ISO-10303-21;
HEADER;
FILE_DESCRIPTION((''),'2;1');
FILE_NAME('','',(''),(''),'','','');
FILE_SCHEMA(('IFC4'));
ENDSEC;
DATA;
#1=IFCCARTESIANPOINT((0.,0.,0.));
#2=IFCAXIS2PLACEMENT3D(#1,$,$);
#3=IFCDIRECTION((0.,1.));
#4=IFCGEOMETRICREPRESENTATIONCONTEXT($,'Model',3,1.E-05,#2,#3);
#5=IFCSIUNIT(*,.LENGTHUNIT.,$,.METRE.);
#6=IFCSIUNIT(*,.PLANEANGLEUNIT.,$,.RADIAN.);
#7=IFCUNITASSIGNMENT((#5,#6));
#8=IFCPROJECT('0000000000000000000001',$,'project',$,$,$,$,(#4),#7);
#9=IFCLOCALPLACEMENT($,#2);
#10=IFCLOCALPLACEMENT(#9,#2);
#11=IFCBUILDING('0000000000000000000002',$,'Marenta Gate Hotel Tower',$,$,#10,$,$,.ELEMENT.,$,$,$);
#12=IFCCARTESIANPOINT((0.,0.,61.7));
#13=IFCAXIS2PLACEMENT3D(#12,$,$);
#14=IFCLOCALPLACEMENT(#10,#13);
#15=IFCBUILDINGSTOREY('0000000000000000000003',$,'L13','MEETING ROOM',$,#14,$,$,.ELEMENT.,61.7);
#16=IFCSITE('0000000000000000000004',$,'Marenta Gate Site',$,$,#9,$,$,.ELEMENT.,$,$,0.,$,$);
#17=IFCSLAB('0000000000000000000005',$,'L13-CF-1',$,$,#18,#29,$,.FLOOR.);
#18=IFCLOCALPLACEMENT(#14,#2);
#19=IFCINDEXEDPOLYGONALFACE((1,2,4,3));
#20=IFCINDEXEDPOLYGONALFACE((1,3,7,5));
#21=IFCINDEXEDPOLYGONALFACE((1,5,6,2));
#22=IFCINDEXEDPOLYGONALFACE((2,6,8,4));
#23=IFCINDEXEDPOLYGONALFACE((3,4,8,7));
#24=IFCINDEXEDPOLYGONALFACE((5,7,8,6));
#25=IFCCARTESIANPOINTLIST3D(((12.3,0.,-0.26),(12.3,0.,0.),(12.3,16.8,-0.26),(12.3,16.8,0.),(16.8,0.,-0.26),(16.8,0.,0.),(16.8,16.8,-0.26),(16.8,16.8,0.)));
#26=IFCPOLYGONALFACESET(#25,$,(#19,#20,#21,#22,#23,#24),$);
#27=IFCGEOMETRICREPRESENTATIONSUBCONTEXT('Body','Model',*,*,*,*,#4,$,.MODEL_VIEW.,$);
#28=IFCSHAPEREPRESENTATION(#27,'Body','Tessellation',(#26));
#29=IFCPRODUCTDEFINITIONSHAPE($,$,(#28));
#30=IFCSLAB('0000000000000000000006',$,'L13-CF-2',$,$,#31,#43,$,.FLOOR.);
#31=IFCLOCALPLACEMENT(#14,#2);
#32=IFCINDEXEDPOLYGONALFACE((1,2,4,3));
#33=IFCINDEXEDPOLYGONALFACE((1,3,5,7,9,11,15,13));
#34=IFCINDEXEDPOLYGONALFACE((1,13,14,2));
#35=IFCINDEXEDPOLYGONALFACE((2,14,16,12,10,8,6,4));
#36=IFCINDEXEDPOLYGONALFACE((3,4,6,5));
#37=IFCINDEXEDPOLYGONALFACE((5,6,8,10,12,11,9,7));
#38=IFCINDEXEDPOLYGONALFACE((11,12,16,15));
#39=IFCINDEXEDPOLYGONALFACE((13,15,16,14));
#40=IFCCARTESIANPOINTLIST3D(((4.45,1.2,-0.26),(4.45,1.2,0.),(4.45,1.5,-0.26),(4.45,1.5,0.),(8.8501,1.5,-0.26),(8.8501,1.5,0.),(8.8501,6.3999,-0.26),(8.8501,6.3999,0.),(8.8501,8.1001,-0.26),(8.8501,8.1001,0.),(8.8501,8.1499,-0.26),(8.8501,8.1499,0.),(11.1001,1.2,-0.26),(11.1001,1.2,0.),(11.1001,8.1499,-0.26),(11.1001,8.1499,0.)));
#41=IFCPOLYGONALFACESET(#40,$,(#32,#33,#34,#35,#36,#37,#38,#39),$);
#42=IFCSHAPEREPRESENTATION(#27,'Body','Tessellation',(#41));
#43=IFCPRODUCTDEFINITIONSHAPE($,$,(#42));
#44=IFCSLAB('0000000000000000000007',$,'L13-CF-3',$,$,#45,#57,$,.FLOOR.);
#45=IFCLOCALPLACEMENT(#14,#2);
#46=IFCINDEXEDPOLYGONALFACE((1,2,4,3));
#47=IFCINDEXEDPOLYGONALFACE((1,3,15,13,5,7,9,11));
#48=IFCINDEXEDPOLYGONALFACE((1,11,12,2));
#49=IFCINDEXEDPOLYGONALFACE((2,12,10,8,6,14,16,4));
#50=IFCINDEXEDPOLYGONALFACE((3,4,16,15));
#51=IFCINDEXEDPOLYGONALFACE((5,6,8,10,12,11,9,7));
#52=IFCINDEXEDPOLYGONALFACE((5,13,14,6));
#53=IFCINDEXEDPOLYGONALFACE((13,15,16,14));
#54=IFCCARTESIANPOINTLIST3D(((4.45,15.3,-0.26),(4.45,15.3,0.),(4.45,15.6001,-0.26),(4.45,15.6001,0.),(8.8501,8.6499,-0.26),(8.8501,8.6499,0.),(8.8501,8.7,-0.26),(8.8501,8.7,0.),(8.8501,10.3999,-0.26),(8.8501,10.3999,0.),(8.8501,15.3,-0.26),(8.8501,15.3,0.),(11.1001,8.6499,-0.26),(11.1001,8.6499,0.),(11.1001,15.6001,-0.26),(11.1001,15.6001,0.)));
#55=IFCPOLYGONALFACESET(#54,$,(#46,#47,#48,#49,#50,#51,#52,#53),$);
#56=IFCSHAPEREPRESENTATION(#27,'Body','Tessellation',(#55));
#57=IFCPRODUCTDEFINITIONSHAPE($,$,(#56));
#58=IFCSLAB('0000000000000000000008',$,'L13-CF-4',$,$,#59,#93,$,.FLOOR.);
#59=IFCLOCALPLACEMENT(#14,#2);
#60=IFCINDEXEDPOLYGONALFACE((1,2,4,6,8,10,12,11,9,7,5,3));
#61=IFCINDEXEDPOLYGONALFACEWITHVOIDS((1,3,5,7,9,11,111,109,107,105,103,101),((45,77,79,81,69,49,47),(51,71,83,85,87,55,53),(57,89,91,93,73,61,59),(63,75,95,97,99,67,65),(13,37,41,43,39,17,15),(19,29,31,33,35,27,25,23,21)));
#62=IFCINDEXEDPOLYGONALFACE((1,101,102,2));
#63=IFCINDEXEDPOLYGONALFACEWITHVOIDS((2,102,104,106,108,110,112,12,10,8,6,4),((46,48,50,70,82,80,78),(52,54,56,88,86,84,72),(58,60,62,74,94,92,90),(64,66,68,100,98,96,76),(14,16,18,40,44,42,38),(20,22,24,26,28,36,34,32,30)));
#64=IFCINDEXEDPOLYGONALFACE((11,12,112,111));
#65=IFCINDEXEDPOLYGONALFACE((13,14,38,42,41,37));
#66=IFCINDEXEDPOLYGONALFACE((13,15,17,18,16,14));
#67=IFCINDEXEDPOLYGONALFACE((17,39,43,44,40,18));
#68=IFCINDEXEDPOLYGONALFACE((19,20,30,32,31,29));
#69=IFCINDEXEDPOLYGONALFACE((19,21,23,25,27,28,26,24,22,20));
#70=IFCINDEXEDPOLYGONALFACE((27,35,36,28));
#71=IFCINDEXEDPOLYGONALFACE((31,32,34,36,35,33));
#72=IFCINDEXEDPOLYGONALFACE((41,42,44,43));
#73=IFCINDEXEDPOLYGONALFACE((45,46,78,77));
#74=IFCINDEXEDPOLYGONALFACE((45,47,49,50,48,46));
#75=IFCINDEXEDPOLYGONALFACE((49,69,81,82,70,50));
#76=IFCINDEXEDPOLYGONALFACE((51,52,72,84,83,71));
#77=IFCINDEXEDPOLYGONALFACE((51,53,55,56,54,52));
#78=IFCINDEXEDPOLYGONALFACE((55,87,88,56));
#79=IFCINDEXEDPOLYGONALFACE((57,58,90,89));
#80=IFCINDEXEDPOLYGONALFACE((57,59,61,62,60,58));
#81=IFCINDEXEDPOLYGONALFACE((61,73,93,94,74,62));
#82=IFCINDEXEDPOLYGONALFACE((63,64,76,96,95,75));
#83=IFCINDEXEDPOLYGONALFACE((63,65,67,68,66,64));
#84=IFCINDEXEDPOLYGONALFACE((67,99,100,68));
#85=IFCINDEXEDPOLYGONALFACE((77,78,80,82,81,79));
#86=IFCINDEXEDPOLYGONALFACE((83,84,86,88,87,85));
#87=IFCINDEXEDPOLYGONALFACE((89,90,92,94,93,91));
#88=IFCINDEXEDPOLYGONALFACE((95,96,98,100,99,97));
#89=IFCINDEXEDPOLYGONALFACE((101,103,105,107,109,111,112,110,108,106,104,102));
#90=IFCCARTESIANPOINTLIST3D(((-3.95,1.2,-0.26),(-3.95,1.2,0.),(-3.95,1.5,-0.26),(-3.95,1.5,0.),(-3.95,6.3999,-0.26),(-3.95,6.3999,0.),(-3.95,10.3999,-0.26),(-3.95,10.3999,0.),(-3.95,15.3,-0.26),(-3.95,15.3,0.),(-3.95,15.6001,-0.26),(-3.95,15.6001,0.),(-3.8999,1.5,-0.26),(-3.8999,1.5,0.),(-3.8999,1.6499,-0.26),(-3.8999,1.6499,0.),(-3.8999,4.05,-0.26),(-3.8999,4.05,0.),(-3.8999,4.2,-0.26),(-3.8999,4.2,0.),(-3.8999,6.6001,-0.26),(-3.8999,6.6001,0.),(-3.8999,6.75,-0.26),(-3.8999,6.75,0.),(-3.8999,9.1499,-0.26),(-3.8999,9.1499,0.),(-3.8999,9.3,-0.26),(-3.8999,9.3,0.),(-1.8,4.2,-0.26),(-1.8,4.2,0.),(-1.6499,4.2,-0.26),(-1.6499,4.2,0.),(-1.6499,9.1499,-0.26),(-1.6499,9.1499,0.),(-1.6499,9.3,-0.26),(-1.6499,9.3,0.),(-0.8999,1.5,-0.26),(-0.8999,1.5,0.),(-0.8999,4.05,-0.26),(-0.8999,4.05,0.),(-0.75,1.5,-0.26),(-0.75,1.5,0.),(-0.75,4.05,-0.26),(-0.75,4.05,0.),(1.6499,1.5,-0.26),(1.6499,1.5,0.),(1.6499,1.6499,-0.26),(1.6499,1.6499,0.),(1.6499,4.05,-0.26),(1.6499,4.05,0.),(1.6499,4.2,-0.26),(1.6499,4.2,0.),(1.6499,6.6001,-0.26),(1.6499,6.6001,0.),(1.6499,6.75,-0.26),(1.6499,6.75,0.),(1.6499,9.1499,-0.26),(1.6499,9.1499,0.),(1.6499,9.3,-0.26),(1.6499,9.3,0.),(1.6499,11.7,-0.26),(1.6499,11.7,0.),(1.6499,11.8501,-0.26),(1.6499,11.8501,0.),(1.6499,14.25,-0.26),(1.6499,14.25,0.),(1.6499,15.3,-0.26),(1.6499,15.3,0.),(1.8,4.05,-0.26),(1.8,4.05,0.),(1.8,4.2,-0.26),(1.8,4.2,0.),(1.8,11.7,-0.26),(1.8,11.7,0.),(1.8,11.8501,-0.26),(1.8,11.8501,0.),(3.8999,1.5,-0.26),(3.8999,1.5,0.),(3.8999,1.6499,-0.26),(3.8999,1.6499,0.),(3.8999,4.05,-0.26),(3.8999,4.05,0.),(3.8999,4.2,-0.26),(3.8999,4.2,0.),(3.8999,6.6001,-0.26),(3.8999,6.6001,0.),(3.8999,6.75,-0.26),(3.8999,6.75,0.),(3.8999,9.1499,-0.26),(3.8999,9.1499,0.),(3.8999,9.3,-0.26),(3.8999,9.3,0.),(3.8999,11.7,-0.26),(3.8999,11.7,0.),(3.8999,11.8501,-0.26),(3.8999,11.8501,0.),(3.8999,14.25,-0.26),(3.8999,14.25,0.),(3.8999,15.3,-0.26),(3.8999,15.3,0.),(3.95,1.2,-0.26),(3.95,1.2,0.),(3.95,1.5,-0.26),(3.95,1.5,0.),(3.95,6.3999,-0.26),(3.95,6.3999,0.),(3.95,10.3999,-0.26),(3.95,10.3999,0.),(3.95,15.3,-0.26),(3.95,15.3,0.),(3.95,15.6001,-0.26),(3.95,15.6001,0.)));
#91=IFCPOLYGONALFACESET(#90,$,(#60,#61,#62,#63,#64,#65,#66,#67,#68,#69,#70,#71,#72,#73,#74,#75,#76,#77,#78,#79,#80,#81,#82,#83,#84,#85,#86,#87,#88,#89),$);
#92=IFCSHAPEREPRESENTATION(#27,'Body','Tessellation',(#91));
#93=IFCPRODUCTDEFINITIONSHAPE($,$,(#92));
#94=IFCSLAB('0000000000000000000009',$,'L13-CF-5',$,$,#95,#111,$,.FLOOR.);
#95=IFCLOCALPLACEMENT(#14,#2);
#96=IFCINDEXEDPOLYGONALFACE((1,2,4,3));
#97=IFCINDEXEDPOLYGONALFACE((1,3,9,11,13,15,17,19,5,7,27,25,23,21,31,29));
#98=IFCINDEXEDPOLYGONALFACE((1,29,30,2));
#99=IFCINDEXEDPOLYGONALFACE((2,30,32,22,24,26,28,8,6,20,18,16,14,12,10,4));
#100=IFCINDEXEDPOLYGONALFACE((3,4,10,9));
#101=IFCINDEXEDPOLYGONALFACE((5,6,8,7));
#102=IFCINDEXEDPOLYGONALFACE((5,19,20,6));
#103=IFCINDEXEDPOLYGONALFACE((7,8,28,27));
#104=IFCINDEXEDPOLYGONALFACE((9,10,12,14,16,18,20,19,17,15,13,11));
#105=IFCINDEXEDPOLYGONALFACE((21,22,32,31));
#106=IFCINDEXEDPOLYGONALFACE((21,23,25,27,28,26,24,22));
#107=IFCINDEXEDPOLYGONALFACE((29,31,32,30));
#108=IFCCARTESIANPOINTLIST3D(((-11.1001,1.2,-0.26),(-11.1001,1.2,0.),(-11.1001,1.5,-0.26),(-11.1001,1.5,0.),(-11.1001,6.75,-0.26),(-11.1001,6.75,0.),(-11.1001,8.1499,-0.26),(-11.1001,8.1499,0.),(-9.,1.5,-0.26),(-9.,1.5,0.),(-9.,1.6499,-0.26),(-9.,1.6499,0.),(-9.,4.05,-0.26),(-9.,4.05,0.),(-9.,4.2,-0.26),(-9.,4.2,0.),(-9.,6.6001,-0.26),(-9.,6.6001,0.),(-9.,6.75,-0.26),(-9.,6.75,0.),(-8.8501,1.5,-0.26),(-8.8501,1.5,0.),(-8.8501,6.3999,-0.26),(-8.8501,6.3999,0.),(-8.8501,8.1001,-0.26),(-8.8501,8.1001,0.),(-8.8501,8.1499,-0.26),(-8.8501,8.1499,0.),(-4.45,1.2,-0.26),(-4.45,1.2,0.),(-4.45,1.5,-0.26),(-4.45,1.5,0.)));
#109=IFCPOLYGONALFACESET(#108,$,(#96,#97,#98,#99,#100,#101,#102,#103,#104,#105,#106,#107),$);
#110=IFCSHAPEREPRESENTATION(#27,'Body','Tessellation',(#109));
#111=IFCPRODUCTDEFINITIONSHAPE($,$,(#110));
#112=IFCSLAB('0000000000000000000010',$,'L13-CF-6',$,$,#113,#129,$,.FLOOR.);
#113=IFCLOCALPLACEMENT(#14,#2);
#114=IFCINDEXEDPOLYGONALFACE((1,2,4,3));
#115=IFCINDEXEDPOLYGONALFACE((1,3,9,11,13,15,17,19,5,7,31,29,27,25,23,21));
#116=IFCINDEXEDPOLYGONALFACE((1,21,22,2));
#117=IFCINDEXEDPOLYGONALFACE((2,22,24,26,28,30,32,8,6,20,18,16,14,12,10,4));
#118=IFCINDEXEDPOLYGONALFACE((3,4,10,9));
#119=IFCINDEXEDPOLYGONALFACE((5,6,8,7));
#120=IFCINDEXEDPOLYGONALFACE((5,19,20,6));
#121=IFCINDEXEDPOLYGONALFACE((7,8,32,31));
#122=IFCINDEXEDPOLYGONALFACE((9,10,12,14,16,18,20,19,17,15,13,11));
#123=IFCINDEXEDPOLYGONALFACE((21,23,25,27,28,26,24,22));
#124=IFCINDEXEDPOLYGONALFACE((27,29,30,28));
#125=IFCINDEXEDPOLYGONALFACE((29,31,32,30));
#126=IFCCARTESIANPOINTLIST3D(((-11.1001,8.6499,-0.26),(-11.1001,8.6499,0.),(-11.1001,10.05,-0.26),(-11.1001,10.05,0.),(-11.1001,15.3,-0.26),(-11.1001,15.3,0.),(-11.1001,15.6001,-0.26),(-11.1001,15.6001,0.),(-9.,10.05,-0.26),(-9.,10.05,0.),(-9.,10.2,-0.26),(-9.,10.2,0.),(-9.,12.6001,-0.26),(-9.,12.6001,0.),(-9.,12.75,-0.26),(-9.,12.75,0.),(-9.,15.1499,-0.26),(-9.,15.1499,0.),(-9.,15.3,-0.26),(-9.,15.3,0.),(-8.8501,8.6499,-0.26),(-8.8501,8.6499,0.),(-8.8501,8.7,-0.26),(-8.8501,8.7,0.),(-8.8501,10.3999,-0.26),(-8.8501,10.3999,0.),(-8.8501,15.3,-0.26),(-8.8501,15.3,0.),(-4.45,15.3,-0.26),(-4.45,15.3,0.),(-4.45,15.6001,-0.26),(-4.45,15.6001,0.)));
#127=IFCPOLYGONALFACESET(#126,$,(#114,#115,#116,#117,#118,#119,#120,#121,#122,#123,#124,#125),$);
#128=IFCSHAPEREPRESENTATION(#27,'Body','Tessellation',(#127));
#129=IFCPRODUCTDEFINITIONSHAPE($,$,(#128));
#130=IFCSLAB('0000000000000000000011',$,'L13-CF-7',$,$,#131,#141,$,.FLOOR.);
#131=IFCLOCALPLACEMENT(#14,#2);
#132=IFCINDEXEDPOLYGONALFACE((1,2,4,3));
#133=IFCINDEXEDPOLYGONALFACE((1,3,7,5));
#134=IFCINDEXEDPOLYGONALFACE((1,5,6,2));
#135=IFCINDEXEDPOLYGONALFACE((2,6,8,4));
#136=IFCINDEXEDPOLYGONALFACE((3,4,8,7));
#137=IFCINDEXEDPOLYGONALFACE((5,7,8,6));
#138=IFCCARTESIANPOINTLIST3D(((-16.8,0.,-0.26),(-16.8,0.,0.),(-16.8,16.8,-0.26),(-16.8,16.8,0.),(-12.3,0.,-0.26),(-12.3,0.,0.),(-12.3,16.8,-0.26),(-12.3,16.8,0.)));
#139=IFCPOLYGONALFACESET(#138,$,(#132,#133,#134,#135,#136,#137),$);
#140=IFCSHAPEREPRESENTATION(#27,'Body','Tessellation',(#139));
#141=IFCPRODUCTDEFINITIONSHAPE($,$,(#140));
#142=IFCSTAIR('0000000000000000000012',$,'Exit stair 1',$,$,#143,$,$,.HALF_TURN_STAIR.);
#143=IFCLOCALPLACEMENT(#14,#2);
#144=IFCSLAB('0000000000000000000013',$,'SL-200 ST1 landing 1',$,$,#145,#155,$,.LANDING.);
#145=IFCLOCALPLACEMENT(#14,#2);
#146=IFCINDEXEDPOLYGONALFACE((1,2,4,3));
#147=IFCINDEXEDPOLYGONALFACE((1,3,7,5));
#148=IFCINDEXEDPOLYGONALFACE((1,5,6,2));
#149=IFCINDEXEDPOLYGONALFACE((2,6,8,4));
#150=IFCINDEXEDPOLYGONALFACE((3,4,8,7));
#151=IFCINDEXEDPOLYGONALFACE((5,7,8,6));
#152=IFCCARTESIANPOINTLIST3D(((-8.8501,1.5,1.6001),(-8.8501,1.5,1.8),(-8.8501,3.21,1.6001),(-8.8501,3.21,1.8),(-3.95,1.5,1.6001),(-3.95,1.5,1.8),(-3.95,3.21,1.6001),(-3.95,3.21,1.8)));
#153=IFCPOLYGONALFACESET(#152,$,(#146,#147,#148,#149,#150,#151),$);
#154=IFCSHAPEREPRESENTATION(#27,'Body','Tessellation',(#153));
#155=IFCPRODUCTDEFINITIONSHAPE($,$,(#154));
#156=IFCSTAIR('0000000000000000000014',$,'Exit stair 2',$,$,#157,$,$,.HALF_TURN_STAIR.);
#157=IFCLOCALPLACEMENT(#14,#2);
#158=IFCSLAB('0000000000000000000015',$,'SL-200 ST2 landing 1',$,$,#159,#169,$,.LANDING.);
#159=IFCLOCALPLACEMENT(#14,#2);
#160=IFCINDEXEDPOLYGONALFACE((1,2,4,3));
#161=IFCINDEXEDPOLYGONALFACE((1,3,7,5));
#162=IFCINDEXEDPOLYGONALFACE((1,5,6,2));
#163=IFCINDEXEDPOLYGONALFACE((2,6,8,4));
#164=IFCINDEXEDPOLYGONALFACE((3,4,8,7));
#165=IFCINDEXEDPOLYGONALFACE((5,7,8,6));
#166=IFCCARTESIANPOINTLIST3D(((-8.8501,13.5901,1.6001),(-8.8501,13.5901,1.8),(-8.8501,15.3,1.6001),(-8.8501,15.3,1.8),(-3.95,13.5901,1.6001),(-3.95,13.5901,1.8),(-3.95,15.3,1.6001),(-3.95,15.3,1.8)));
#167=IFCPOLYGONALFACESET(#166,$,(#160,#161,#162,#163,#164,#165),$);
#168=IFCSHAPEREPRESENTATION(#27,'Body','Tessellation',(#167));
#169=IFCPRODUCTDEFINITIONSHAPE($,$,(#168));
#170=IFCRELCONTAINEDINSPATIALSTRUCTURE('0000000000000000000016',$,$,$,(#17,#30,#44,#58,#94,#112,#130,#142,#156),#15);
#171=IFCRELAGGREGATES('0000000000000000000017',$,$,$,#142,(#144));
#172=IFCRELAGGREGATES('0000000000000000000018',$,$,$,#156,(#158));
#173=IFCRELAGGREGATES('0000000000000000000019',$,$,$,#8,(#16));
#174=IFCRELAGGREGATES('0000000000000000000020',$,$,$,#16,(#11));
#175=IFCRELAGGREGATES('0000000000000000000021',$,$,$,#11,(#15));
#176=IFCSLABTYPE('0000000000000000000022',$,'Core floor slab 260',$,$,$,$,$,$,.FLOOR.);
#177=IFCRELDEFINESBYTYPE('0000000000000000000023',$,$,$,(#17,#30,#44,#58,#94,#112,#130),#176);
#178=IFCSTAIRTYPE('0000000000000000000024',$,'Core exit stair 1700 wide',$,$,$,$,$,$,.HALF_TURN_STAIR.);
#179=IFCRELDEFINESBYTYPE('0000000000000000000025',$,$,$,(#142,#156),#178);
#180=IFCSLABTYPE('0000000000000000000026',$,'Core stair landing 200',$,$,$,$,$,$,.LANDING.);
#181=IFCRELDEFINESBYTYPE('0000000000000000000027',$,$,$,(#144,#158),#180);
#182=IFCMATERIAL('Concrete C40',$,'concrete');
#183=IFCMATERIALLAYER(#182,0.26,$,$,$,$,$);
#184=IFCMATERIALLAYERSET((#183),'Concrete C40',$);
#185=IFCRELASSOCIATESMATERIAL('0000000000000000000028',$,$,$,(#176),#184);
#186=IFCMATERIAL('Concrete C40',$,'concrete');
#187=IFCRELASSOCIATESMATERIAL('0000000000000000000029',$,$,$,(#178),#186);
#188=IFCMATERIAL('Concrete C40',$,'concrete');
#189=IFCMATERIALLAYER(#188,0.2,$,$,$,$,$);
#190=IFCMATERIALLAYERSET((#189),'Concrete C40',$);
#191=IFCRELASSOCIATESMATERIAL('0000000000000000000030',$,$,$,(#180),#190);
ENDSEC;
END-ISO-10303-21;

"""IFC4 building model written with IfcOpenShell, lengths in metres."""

from ifc_helpers import new_model, si_unit, direction, frame, origin, place, context, subcontext, project, spatial, polyline, outline, extrude, material, layer, layer_set, type_object, element, aggregate, save


model = new_model("IFC4")

# Units and contexts
model_context = context("Model", 3, precision=1e-05, world=origin(), true_north=direction((0.0, 1.0)))
body_context = subcontext(model_context, "Body", "Model", "MODEL_VIEW")
ifc_project = project(units=[si_unit("LENGTHUNIT", "METRE"), si_unit("PLANEANGLEUNIT", "RADIAN")], contexts=[model_context])

# Site, building, storey
site_placement = place(None, origin())
site = spatial("IfcSite", under=ifc_project, at=site_placement, Name="Marenta Gate Site", CompositionType="ELEMENT", RefElevation=0.0)
building_placement = place(site_placement, origin())
building = spatial("IfcBuilding", under=site, at=building_placement, Name="Marenta Gate Hotel Tower", CompositionType="ELEMENT")
storey_placement = place(building_placement, frame((0.0, 0.0, 61.7)))
storey = spatial("IfcBuildingStorey", under=building, at=storey_placement, Name="L13", Description="MEETING ROOM", CompositionType="ELEMENT", Elevation=61.7)

# Slabs
ifc_material_1 = material(Name="Concrete C40", Category="concrete")
ifc_layer_1 = layer(ifc_material_1, 0.26)
ifc_layer_set_1 = layer_set([ifc_layer_1], Name="Concrete C40")
slab_type_1 = type_object("IfcSlabType", Name="Core floor slab 260", PredefinedType="FLOOR", material=ifc_layer_set_1)
slab_1_placement = place(storey_placement, frame((0.0, 0.0, -0.26)))
element("IfcSlab", 1, at=slab_1_placement, inside=storey, type_object=slab_type_1, Name="L13-CF-1", PredefinedType="FLOOR", context=body_context, shape_type="SweptSolid", body=[
    extrude(outline(polyline([(12.3, 0.0), (12.3, 16.8), (16.8, 16.8), (16.8, 0.0), (12.3, 0.0)])), origin(), (0.0, 0.0, 1.0), 0.26),
])
slab_2_placement = place(storey_placement, frame((0.0, 0.0, -0.26)))
element("IfcSlab", 2, at=slab_2_placement, inside=storey, type_object=slab_type_1, Name="L13-CF-2", PredefinedType="FLOOR", context=body_context, shape_type="SweptSolid", body=[
    extrude(outline(polyline([(8.8501, 1.5), (8.8501, 6.3999), (8.8501, 8.1001), (8.8501, 8.1499), (11.1001, 8.1499), (11.1001, 1.2), (4.45, 1.2), (4.45, 1.5), (8.8501, 1.5)])), origin(), (0.0, 0.0, 1.0), 0.26),
])
slab_3_placement = place(storey_placement, frame((0.0, 0.0, -0.26)))
element("IfcSlab", 3, at=slab_3_placement, inside=storey, type_object=slab_type_1, Name="L13-CF-3", PredefinedType="FLOOR", context=body_context, shape_type="SweptSolid", body=[
    extrude(outline(polyline([(8.8501, 15.3), (4.45, 15.3), (4.45, 15.6001), (11.1001, 15.6001), (11.1001, 8.6499), (8.8501, 8.6499), (8.8501, 8.7), (8.8501, 10.3999), (8.8501, 15.3)])), origin(), (0.0, 0.0, 1.0), 0.26),
])
slab_4_placement = place(storey_placement, frame((0.0, 0.0, -0.26)))
element("IfcSlab", 4, at=slab_4_placement, inside=storey, type_object=slab_type_1, Name="L13-CF-4", PredefinedType="FLOOR", context=body_context, shape_type="SweptSolid", body=[
    extrude(outline(polyline([(3.95, 15.3), (3.95, 10.3999), (3.95, 6.3999), (3.95, 1.5), (3.95, 1.2), (-3.95, 1.2), (-3.95, 1.5), (-3.95, 6.3999), (-3.95, 10.3999), (-3.95, 15.3), (-3.95, 15.6001), (3.95, 15.6001), (3.95, 15.3)]), holes=[polyline([(1.6499, 4.05), (1.6499, 1.6499), (1.6499, 1.5), (3.8999, 1.5), (3.8999, 1.6499), (3.8999, 4.05), (1.8, 4.05), (1.6499, 4.05)]), polyline([(1.6499, 9.1499), (3.8999, 9.1499), (3.8999, 9.3), (3.8999, 11.7), (1.8, 11.7), (1.6499, 11.7), (1.6499, 9.3), (1.6499, 9.1499)]), polyline([(1.6499, 11.8501), (1.8, 11.8501), (3.8999, 11.8501), (3.8999, 14.25), (3.8999, 15.3), (1.6499, 15.3), (1.6499, 14.25), (1.6499, 11.8501)]), polyline([(3.8999, 6.6001), (3.8999, 6.75), (1.6499, 6.75), (1.6499, 6.6001), (1.6499, 4.2), (1.8, 4.2), (3.8999, 4.2), (3.8999, 6.6001)]), polyline([(-3.8999, 1.5), (-0.8999, 1.5), (-0.75, 1.5), (-0.75, 4.05), (-0.8999, 4.05), (-3.8999, 4.05), (-3.8999, 1.6499), (-3.8999, 1.5)]), polyline([(-1.6499, 4.2), (-1.6499, 9.1499), (-1.6499, 9.3), (-3.8999, 9.3), (-3.8999, 9.1499), (-3.8999, 6.75), (-3.8999, 6.6001), (-3.8999, 4.2), (-1.8, 4.2), (-1.6499, 4.2)])]), origin(), (0.0, 0.0, 1.0), 0.26),
])
slab_5_placement = place(storey_placement, frame((0.0, 0.0, -0.26)))
element("IfcSlab", 5, at=slab_5_placement, inside=storey, type_object=slab_type_1, Name="L13-CF-5", PredefinedType="FLOOR", context=body_context, shape_type="SweptSolid", body=[
    extrude(outline(polyline([(-9.0, 1.5), (-9.0, 1.6499), (-9.0, 4.05), (-9.0, 4.2), (-9.0, 6.6001), (-9.0, 6.75), (-11.1001, 6.75), (-11.1001, 8.1499), (-8.8501, 8.1499), (-8.8501, 8.1001), (-8.8501, 6.3999), (-8.8501, 1.5), (-4.45, 1.5), (-4.45, 1.2), (-11.1001, 1.2), (-11.1001, 1.5), (-9.0, 1.5)])), origin(), (0.0, 0.0, 1.0), 0.26),
])
slab_6_placement = place(storey_placement, frame((0.0, 0.0, -0.26)))
element("IfcSlab", 6, at=slab_6_placement, inside=storey, type_object=slab_type_1, Name="L13-CF-6", PredefinedType="FLOOR", context=body_context, shape_type="SweptSolid", body=[
    extrude(outline(polyline([(-4.45, 15.3), (-8.8501, 15.3), (-8.8501, 10.3999), (-8.8501, 8.7), (-8.8501, 8.6499), (-11.1001, 8.6499), (-11.1001, 10.05), (-9.0, 10.05), (-9.0, 10.2), (-9.0, 12.6001), (-9.0, 12.75), (-9.0, 15.1499), (-9.0, 15.3), (-11.1001, 15.3), (-11.1001, 15.6001), (-4.45, 15.6001), (-4.45, 15.3)])), origin(), (0.0, 0.0, 1.0), 0.26),
])
slab_7_placement = place(storey_placement, frame((0.0, 0.0, -0.26)))
element("IfcSlab", 7, at=slab_7_placement, inside=storey, type_object=slab_type_1, Name="L13-CF-7", PredefinedType="FLOOR", context=body_context, shape_type="SweptSolid", body=[
    extrude(outline(polyline([(-12.3, 16.8), (-12.3, 0.0), (-16.8, 0.0), (-16.8, 16.8), (-12.3, 16.8)])), origin(), (0.0, 0.0, 1.0), 0.26),
])

# Stairs, slabs
ifc_material_2 = material(Name="Concrete C40", Category="concrete")
stair_type_1 = type_object("IfcStairType", Name="Core exit stair 1700 wide", PredefinedType="HALF_TURN_STAIR", material=ifc_material_2)
stair_1_placement = place(storey_placement, origin())
stair_1 = element("IfcStair", 8, at=stair_1_placement, inside=storey, type_object=stair_type_1, Name="Exit stair 1", PredefinedType="HALF_TURN_STAIR")
ifc_material_3 = material(Name="Concrete C40", Category="concrete")
ifc_layer_2 = layer(ifc_material_3, 0.2)
ifc_layer_set_2 = layer_set([ifc_layer_2], Name="Concrete C40")
slab_type_2 = type_object("IfcSlabType", Name="Core stair landing 200", PredefinedType="LANDING", material=ifc_layer_set_2)
slab_8_placement = place(storey_placement, frame((0.0, 0.0, 1.6001)))
slab_8 = element("IfcSlab", 9, at=slab_8_placement, type_object=slab_type_2, Name="SL-200 ST1 landing 1", PredefinedType="LANDING", context=body_context, shape_type="SweptSolid", body=[
    extrude(outline(polyline([(-8.8501, 1.5), (-3.95, 1.5), (-3.95, 3.21), (-8.8501, 3.21), (-8.8501, 1.5)])), origin(), (0.0, 0.0, 1.0), 0.2),
])
aggregate(stair_1, [slab_8])
stair_2_placement = place(storey_placement, origin())
stair_2 = element("IfcStair", 10, at=stair_2_placement, inside=storey, type_object=stair_type_1, Name="Exit stair 2", PredefinedType="HALF_TURN_STAIR")
slab_9_placement = place(storey_placement, frame((0.0, 0.0, 1.6001)))
slab_9 = element("IfcSlab", 11, at=slab_9_placement, type_object=slab_type_2, Name="SL-200 ST2 landing 1", PredefinedType="LANDING", context=body_context, shape_type="SweptSolid", body=[
    extrude(outline(polyline([(-8.8501, 13.5901), (-3.95, 13.5901), (-3.95, 15.3), (-8.8501, 15.3), (-8.8501, 13.5901)])), origin(), (0.0, 0.0, 1.0), 0.2),
])
aggregate(stair_2, [slab_9])

save(model, "model.ifc")
